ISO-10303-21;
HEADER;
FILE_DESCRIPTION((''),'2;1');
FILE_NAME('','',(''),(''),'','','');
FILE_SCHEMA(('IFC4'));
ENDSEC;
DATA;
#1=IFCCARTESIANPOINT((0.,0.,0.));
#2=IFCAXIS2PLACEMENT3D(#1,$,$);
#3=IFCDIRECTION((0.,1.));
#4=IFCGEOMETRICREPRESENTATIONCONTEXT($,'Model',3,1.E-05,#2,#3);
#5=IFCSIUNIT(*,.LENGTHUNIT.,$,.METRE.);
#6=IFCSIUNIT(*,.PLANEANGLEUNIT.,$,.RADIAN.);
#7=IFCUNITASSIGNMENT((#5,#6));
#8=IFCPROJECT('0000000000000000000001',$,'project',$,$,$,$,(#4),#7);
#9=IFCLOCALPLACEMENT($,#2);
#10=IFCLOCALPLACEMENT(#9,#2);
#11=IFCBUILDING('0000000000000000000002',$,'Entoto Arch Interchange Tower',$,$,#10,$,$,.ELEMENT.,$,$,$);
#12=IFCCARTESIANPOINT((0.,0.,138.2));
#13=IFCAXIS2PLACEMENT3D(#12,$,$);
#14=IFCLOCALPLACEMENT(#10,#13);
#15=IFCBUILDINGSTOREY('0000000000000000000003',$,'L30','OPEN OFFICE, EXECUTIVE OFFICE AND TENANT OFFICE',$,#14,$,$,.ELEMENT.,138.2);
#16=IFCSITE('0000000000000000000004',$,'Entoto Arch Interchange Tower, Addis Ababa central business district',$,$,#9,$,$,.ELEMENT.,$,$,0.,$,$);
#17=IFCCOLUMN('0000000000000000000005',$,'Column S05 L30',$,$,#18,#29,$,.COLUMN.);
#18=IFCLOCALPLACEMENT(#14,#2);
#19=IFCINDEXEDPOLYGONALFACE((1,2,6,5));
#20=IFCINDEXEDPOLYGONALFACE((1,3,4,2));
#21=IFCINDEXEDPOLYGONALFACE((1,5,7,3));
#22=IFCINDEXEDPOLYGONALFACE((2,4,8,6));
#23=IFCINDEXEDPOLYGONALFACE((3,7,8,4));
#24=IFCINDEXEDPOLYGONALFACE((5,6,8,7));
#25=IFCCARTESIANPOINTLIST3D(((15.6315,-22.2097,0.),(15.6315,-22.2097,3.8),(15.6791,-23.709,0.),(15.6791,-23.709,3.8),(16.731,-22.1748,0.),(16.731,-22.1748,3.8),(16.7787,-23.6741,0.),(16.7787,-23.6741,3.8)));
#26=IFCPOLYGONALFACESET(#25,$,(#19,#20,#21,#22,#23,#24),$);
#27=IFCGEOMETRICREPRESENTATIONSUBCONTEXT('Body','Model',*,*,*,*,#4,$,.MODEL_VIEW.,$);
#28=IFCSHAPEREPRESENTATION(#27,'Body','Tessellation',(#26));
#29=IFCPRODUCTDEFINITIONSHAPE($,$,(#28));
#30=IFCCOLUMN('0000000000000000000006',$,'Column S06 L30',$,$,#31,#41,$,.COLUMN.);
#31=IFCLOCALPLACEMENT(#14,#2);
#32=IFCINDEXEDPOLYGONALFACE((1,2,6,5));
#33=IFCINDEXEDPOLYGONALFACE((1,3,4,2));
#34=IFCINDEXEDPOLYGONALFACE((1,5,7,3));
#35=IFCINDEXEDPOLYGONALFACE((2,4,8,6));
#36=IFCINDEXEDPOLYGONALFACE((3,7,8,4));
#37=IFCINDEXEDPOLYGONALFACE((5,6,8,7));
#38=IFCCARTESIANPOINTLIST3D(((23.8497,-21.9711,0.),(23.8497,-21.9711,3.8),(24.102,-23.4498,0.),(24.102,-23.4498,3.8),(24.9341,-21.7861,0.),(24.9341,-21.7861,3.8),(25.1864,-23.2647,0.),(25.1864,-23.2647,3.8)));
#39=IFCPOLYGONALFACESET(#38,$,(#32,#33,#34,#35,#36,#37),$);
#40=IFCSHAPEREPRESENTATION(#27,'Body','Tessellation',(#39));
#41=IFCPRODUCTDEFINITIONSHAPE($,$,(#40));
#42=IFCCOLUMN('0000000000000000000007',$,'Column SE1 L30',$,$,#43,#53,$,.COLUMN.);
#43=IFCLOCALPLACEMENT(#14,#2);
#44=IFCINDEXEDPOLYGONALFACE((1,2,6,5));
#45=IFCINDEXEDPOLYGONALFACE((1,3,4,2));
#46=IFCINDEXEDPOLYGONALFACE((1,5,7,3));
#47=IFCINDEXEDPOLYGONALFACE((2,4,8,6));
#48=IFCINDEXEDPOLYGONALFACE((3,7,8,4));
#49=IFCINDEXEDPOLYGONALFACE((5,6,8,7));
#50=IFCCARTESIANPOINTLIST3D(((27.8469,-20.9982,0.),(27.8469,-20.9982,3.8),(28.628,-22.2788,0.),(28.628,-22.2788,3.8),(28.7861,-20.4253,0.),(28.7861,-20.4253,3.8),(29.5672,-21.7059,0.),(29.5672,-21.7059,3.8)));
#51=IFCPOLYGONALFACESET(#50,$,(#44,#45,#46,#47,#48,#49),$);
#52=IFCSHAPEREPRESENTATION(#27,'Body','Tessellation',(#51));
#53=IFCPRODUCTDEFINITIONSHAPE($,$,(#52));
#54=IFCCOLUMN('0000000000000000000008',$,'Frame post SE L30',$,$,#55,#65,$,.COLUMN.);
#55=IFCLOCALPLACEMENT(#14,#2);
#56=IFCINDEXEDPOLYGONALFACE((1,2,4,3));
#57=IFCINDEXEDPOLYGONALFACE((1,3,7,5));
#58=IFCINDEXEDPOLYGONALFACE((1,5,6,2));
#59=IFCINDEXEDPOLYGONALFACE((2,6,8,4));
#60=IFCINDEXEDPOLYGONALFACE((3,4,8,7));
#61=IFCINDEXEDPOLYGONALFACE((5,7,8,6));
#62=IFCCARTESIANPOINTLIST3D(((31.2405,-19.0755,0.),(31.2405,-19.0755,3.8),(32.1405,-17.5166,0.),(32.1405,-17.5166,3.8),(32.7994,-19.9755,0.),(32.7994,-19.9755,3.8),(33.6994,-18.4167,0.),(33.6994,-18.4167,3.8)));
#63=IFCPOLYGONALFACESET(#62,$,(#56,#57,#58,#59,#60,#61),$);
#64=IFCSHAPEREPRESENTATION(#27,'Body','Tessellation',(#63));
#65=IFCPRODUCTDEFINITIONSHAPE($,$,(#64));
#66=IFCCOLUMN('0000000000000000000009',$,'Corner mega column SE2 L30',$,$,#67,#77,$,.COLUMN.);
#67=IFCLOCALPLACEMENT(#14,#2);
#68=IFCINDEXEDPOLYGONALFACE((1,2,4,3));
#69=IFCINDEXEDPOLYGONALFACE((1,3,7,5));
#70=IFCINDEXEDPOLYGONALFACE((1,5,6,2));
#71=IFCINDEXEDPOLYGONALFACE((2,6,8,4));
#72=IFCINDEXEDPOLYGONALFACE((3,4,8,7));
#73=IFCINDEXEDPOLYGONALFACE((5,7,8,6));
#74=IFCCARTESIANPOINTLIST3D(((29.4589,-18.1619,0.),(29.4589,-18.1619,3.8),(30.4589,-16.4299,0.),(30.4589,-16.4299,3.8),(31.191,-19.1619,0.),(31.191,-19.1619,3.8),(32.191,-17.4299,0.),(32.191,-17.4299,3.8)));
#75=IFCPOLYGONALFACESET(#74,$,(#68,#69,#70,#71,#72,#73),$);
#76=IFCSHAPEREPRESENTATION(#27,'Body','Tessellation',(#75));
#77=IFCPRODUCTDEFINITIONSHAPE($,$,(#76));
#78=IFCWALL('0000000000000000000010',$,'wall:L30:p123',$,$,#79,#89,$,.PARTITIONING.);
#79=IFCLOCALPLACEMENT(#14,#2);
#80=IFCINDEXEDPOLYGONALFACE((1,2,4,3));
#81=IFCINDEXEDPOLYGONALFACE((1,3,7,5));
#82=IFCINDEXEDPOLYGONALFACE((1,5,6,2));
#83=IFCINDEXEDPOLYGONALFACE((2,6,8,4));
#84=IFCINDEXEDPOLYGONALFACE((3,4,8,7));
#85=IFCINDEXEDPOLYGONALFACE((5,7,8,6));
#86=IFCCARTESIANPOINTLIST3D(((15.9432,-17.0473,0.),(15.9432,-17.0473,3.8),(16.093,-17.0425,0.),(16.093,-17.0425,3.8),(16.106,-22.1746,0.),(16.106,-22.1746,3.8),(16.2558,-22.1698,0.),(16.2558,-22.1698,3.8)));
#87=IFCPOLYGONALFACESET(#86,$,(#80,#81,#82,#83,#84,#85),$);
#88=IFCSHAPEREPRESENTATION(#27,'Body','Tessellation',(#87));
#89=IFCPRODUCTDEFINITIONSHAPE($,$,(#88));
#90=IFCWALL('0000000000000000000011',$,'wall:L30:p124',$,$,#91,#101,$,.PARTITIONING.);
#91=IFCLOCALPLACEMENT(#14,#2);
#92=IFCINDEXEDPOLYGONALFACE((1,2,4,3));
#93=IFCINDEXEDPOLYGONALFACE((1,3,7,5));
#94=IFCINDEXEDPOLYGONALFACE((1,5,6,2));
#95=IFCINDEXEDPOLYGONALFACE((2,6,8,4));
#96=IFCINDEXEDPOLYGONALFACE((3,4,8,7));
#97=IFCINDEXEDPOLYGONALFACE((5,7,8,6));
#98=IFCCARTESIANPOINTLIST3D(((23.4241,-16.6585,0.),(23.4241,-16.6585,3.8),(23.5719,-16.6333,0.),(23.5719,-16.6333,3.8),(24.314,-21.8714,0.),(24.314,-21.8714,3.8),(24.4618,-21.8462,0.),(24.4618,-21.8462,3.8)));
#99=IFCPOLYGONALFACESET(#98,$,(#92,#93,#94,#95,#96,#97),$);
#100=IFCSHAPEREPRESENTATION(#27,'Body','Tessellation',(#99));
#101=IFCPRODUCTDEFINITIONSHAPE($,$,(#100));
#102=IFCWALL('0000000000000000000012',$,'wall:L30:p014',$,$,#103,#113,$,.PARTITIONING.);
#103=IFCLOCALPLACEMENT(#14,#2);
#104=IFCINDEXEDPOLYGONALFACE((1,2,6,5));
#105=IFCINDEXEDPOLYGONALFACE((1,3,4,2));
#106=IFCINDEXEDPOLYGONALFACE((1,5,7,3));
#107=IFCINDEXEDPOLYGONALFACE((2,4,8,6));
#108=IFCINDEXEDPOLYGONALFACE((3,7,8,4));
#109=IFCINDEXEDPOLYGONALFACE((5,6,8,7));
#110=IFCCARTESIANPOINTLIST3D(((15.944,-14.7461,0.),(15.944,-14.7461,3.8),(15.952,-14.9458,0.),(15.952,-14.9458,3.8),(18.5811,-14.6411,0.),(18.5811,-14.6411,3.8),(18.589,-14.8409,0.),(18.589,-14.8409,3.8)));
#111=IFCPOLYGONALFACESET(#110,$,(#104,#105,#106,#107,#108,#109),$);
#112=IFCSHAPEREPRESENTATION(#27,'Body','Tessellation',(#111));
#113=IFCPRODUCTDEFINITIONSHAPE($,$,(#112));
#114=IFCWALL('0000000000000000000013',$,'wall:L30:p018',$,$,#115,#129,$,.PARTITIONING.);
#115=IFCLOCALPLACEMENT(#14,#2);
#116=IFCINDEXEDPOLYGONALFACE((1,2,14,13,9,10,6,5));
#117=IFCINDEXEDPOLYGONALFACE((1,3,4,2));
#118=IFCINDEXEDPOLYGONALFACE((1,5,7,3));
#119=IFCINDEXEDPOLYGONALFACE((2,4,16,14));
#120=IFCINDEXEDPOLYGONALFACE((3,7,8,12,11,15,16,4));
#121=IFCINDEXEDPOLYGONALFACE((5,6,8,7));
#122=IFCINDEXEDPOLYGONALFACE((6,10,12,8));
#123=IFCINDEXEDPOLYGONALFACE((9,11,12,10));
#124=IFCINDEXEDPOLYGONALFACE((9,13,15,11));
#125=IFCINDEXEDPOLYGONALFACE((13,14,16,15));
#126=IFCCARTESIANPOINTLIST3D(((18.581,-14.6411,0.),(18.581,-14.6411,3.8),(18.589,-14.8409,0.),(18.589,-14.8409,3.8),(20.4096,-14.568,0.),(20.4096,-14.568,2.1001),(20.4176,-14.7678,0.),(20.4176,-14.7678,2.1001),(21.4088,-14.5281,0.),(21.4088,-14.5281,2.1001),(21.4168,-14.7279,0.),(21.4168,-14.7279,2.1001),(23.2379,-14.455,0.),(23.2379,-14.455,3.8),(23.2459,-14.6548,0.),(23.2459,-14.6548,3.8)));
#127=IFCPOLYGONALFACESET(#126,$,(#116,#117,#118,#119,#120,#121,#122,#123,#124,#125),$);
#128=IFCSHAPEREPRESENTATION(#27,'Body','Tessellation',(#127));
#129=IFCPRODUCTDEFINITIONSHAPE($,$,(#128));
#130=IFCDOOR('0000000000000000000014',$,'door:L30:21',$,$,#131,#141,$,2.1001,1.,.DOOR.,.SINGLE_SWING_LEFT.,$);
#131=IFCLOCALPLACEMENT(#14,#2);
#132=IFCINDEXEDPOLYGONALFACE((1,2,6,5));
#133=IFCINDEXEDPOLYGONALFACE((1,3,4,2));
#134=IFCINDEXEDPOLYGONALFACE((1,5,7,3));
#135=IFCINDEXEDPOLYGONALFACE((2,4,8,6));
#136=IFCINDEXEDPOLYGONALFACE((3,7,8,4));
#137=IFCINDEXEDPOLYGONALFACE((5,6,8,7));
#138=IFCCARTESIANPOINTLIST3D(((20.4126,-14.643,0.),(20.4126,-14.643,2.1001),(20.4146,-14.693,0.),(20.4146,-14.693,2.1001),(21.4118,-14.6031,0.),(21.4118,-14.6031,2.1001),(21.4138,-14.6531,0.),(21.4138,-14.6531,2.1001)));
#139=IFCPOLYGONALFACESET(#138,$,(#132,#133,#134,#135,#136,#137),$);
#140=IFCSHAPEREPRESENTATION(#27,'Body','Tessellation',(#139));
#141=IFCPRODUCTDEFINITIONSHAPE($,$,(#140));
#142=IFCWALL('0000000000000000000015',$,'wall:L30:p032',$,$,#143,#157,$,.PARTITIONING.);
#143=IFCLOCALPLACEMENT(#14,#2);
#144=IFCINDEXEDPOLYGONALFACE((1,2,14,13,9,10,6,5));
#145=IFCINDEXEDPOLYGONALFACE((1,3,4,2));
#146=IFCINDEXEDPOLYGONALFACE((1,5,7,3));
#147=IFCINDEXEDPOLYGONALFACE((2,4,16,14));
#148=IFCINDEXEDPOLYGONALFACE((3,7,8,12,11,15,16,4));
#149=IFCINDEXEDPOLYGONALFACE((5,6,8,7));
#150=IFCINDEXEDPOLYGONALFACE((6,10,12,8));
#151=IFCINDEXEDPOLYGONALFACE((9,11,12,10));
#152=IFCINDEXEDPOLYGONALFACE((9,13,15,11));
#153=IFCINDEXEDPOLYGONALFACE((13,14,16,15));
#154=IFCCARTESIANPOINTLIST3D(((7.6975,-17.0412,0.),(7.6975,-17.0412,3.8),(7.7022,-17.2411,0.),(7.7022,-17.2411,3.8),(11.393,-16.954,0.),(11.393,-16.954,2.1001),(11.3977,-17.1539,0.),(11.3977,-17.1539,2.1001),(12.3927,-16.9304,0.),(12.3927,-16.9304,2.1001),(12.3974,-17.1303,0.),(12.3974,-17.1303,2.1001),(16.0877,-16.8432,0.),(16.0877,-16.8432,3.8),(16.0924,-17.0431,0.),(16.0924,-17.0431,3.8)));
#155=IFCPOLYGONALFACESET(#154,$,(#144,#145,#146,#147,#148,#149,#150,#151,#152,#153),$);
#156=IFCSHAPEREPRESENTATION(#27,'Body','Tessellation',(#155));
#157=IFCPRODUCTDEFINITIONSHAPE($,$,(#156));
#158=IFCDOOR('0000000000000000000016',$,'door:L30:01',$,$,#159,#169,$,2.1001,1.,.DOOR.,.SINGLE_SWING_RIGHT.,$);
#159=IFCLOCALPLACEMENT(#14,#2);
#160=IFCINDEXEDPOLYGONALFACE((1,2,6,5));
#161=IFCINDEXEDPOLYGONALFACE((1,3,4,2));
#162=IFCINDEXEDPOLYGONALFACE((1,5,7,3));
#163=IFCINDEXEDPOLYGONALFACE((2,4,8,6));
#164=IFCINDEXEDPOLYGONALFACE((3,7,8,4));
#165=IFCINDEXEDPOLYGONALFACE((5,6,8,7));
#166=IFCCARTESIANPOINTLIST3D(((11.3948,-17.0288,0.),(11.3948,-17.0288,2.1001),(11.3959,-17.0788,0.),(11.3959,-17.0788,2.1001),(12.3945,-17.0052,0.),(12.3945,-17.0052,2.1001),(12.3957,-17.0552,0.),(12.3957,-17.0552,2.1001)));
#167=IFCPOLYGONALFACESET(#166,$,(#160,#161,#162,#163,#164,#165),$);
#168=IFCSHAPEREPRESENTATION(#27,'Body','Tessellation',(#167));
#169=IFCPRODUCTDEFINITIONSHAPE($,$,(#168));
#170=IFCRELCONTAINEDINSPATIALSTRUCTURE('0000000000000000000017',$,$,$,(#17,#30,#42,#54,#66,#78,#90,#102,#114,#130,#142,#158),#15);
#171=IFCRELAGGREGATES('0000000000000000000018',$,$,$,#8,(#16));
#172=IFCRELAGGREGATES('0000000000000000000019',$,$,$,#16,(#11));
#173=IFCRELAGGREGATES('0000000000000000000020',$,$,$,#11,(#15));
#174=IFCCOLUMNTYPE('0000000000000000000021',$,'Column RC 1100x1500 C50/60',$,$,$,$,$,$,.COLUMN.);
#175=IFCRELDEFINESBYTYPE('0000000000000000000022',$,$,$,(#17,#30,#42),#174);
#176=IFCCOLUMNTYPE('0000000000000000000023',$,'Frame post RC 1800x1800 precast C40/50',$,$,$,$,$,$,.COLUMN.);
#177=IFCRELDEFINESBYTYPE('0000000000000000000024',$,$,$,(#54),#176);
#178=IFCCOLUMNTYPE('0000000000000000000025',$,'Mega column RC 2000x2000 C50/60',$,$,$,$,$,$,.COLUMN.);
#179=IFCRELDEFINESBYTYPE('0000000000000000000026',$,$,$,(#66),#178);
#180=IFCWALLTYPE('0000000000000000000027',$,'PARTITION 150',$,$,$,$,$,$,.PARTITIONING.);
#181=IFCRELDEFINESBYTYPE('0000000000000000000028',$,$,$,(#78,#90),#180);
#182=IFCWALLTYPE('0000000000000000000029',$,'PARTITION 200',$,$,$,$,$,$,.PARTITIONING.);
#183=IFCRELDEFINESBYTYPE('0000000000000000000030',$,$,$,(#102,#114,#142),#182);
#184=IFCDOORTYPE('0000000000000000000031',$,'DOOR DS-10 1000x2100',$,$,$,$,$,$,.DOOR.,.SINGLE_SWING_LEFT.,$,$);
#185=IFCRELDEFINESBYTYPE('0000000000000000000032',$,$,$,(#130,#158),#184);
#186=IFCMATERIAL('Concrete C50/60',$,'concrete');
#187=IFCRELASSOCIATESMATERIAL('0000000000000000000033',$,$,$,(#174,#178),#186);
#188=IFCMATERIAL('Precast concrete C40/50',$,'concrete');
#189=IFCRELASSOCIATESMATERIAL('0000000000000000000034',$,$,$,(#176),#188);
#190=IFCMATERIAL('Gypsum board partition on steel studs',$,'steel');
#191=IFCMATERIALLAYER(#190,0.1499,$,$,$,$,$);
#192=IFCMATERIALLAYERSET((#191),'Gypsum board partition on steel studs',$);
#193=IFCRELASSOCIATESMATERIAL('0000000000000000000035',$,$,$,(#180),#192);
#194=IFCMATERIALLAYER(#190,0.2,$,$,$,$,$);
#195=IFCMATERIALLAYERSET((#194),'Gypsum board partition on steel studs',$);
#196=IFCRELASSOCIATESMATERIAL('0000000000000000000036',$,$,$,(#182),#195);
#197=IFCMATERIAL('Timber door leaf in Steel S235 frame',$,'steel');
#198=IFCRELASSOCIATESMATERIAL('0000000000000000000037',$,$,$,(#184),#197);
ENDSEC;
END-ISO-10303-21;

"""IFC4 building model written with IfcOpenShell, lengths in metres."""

from ifc_helpers import new_model, si_unit, direction, frame, frame_2d, origin, origin_2d, place, context, subcontext, project, spatial, rectangle, extrude, material, layer, layer_set, material_profile, profile_set, type_object, element, fill, save


model = new_model("IFC4")

# Units and contexts
model_context = context("Model", 3, precision=1e-05, world=origin(), true_north=direction((0.0, 1.0)))
body_context = subcontext(model_context, "Body", "Model", "MODEL_VIEW")
ifc_project = project(units=[si_unit("LENGTHUNIT", "METRE"), si_unit("PLANEANGLEUNIT", "RADIAN")], contexts=[model_context])

# Site, building, storey
site_placement = place(None, origin())
site = spatial("IfcSite", under=ifc_project, at=site_placement, Name="Entoto Arch Interchange Tower, Addis Ababa central business district", CompositionType="ELEMENT", RefElevation=0.0)
building_placement = place(site_placement, origin())
building = spatial("IfcBuilding", under=site, at=building_placement, Name="Entoto Arch Interchange Tower", CompositionType="ELEMENT")
storey_placement = place(building_placement, frame((0.0, 0.0, 138.2)))
storey = spatial("IfcBuildingStorey", under=building, at=storey_placement, Name="L30", Description="OPEN OFFICE, EXECUTIVE OFFICE AND TENANT OFFICE", CompositionType="ELEMENT", Elevation=138.2)

# Columns
ifc_material_1 = material(Name="Concrete C50/60", Category="concrete")
ifc_material_profile_1 = material_profile(ifc_material_1, rectangle(XDim=1.1001, YDim=1.5, at=origin_2d()))
ifc_profile_set_1 = profile_set([ifc_material_profile_1], Name="Concrete C50/60")
column_type_1 = type_object("IfcColumnType", Name="Column RC 1100x1500 C50/60", PredefinedType="COLUMN", material=ifc_profile_set_1)
for number, where, z_axis, x_axis, name in (
    (1, (16.2051, -22.9419, 0.0), (0.0, 0.0, 1.0), (0.999496, 0.031742, 0.0), "Column S05 L30"),
    (2, (24.5181, -22.6179, 0.0), (0.0, 0.0, 1.0), (0.985753, 0.168197, 0.0), "Column S06 L30"),
    (3, (28.707, -21.3521, 0.0), (0.0, 0.0, 1.0), (0.853714, 0.520741, 0.0), "Column SE1 L30"),
):
    element("IfcColumn", number, at=place(storey_placement, frame(where, z_axis=z_axis, x_axis=x_axis)), inside=storey, type_object=column_type_1, Name=name, PredefinedType="COLUMN", context=body_context, shape_type="SweptSolid", body=[
        extrude(rectangle(XDim=1.1001, YDim=1.5, at=origin_2d()), origin(), (0.0, 0.0, 1.0), 3.8),
    ])
ifc_material_2 = material(Name="Precast concrete C40/50", Category="concrete")
ifc_material_profile_2 = material_profile(ifc_material_2, rectangle(XDim=1.8, YDim=1.8, at=origin_2d()))
ifc_profile_set_2 = profile_set([ifc_material_profile_2], Name="Precast concrete C40/50")
column_type_2 = type_object("IfcColumnType", Name="Frame post RC 1800x1800 precast C40/50", PredefinedType="COLUMN", material=ifc_profile_set_2)
column_1_placement = place(storey_placement, frame((32.47, -18.7461, 0.0), z_axis=(0.0, 0.0, 1.0), x_axis=(-0.866025, 0.5, 0.0)))
element("IfcColumn", 4, at=column_1_placement, inside=storey, type_object=column_type_2, Name="Frame post SE L30", PredefinedType="COLUMN", context=body_context, shape_type="SweptSolid", body=[
    extrude(rectangle(XDim=1.8, YDim=1.8, at=origin_2d()), origin(), (0.0, 0.0, 1.0), 3.8),
])
ifc_material_profile_3 = material_profile(ifc_material_1, rectangle(XDim=2.0, YDim=2.0, at=origin_2d()))
ifc_profile_set_3 = profile_set([ifc_material_profile_3], Name="Concrete C50/60")
column_type_3 = type_object("IfcColumnType", Name="Mega column RC 2000x2000 C50/60", PredefinedType="COLUMN", material=ifc_profile_set_3)
column_2_placement = place(storey_placement, frame((30.825, -17.7959, 0.0), z_axis=(0.0, 0.0, 1.0), x_axis=(-0.866025, 0.5, 0.0)))
element("IfcColumn", 5, at=column_2_placement, inside=storey, type_object=column_type_3, Name="Corner mega column SE2 L30", PredefinedType="COLUMN", context=body_context, shape_type="SweptSolid", body=[
    extrude(rectangle(XDim=2.0, YDim=2.0, at=origin_2d()), origin(), (0.0, 0.0, 1.0), 3.8),
])

# Walls
ifc_material_3 = material(Name="Gypsum board partition on steel studs", Category="steel")
ifc_layer_1 = layer(ifc_material_3, 0.1499)
ifc_layer_set_1 = layer_set([ifc_layer_1], Name="Gypsum board partition on steel studs")
wall_type_1 = type_object("IfcWallType", Name="PARTITION 150", PredefinedType="PARTITIONING", material=ifc_layer_set_1)
wall_1_placement = place(storey_placement, frame((16.0181, -17.0449, 0.0), z_axis=(0.0, 0.0, 1.0), x_axis=(0.031744, -0.999496, 0.0)))
element("IfcWall", 6, at=wall_1_placement, inside=storey, type_object=wall_type_1, Name="wall:L30:p123", PredefinedType="PARTITIONING", context=body_context, shape_type="SweptSolid", body=[
    extrude(rectangle(XDim=5.1299, YDim=0.1499, at=frame_2d((2.5649, 0.0))), origin(), (0.0, 0.0, 1.0), 3.8),
])
wall_2_placement = place(storey_placement, frame((23.498, -16.646, 0.0), z_axis=(0.0, 0.0, 1.0), x_axis=(0.168276, -0.98574, 0.0)))
element("IfcWall", 7, at=wall_2_placement, inside=storey, type_object=wall_type_1, Name="wall:L30:p124", PredefinedType="PARTITIONING", context=body_context, shape_type="SweptSolid", body=[
    extrude(rectangle(XDim=5.2883, YDim=0.1499, at=frame_2d((2.644, 0.0))), origin(), (0.0, 0.0, 1.0), 3.8),
])
ifc_layer_2 = layer(ifc_material_3, 0.2)
ifc_layer_set_2 = layer_set([ifc_layer_2], Name="Gypsum board partition on steel studs")
wall_type_2 = type_object("IfcWallType", Name="PARTITION 200", PredefinedType="PARTITIONING", material=ifc_layer_set_2)
wall_3_placement = place(storey_placement, frame((15.948, -14.8459, 0.0), z_axis=(0.0, 0.0, 1.0), x_axis=(0.999208, 0.03978, 0.0)))
element("IfcWall", 8, at=wall_3_placement, inside=storey, type_object=wall_type_2, Name="wall:L30:p014", PredefinedType="PARTITIONING", context=body_context, shape_type="SweptSolid", body=[
    extrude(rectangle(XDim=2.6392, YDim=0.2, at=frame_2d((1.3196, 0.0))), origin(), (0.0, 0.0, 1.0), 3.8),
])

# Walls, openings, doors
wall_4_placement = place(storey_placement, frame((18.585, -14.741, 0.0), z_axis=(0.0, 0.0, 1.0), x_axis=(0.999203, 0.039916, 0.0)))
wall_4 = element("IfcWall", 9, at=wall_4_placement, inside=storey, type_object=wall_type_2, Name="wall:L30:p018", PredefinedType="PARTITIONING", context=body_context, shape_type="SweptSolid", body=[
    extrude(rectangle(XDim=4.6606, YDim=0.2, at=frame_2d((2.3303, 0.0))), origin(), (0.0, 0.0, 1.0), 3.8),
])
opening_1_placement = place(wall_4_placement, frame((1.8301, 0.0, 0.0)))
opening_1 = element("IfcOpeningElement", 10, at=opening_1_placement, cuts=wall_4, PredefinedType="OPENING", context=body_context, shape_type="SweptSolid", body=[
    extrude(rectangle(XDim=1.0, YDim=2.1001, at=frame_2d((0.5, 1.05))), frame((0.0, 0.1099, 0.0), z_axis=(0.0, -1.0, 0.0), x_axis=(1.0, 0.0, 0.0)), (0.0, 0.0, 1.0), 0.22),
])
ifc_material_4 = material(Name="Timber door leaf in Steel S235 frame", Category="steel")
door_type = type_object("IfcDoorType", Name="DOOR DS-10 1000x2100", OperationType="SINGLE_SWING_LEFT", PredefinedType="DOOR", material=ifc_material_4)
door_1_placement = place(opening_1_placement, origin())
door_1 = element("IfcDoor", 11, at=door_1_placement, inside=storey, type_object=door_type, Name="door:L30:21", OperationType="SINGLE_SWING_LEFT", OverallHeight=2.1001, OverallWidth=1.0, PredefinedType="DOOR", context=body_context, shape_type="SweptSolid", body=[
    extrude(rectangle(XDim=1.0, YDim=2.1001, at=frame_2d((0.5, 1.05))), frame((0.0, 0.0249, 0.0), z_axis=(0.0, -1.0, 0.0), x_axis=(1.0, 0.0, 0.0)), (0.0, 0.0, 1.0), 0.05),
])
fill(opening_1, door_1)
wall_5_placement = place(storey_placement, frame((16.0901, -16.9431, 0.0), z_axis=(0.0, 0.0, 1.0), x_axis=(-0.999722, -0.023592, 0.0)))
wall_5 = element("IfcWall", 12, at=wall_5_placement, inside=storey, type_object=wall_type_2, Name="wall:L30:p032", PredefinedType="PARTITIONING", context=body_context, shape_type="SweptSolid", body=[
    extrude(rectangle(XDim=8.3926, YDim=0.2, at=frame_2d((4.1963, 0.0))), origin(), (0.0, 0.0, 1.0), 3.8),
])
opening_2_placement = place(wall_5_placement, frame((3.696, 0.0, 0.0)))
opening_2 = element("IfcOpeningElement", 13, at=opening_2_placement, cuts=wall_5, PredefinedType="OPENING", context=body_context, shape_type="SweptSolid", body=[
    extrude(rectangle(XDim=1.0, YDim=2.1001, at=frame_2d((0.5, 1.05))), frame((0.0, 0.1099, 0.0), z_axis=(0.0, -1.0, 0.0), x_axis=(1.0, 0.0, 0.0)), (0.0, 0.0, 1.0), 0.22),
])
door_2_placement = place(opening_2_placement, origin())
door_2 = element("IfcDoor", 14, at=door_2_placement, inside=storey, type_object=door_type, Name="door:L30:01", OperationType="SINGLE_SWING_RIGHT", OverallHeight=2.1001, OverallWidth=1.0, PredefinedType="DOOR", context=body_context, shape_type="SweptSolid", body=[
    extrude(rectangle(XDim=1.0, YDim=2.1001, at=frame_2d((0.5, 1.05))), frame((0.0, 0.0249, 0.0), z_axis=(0.0, -1.0, 0.0), x_axis=(1.0, 0.0, 0.0)), (0.0, 0.0, 1.0), 0.05),
])
fill(opening_2, door_2)

save(model, "model.ifc")
